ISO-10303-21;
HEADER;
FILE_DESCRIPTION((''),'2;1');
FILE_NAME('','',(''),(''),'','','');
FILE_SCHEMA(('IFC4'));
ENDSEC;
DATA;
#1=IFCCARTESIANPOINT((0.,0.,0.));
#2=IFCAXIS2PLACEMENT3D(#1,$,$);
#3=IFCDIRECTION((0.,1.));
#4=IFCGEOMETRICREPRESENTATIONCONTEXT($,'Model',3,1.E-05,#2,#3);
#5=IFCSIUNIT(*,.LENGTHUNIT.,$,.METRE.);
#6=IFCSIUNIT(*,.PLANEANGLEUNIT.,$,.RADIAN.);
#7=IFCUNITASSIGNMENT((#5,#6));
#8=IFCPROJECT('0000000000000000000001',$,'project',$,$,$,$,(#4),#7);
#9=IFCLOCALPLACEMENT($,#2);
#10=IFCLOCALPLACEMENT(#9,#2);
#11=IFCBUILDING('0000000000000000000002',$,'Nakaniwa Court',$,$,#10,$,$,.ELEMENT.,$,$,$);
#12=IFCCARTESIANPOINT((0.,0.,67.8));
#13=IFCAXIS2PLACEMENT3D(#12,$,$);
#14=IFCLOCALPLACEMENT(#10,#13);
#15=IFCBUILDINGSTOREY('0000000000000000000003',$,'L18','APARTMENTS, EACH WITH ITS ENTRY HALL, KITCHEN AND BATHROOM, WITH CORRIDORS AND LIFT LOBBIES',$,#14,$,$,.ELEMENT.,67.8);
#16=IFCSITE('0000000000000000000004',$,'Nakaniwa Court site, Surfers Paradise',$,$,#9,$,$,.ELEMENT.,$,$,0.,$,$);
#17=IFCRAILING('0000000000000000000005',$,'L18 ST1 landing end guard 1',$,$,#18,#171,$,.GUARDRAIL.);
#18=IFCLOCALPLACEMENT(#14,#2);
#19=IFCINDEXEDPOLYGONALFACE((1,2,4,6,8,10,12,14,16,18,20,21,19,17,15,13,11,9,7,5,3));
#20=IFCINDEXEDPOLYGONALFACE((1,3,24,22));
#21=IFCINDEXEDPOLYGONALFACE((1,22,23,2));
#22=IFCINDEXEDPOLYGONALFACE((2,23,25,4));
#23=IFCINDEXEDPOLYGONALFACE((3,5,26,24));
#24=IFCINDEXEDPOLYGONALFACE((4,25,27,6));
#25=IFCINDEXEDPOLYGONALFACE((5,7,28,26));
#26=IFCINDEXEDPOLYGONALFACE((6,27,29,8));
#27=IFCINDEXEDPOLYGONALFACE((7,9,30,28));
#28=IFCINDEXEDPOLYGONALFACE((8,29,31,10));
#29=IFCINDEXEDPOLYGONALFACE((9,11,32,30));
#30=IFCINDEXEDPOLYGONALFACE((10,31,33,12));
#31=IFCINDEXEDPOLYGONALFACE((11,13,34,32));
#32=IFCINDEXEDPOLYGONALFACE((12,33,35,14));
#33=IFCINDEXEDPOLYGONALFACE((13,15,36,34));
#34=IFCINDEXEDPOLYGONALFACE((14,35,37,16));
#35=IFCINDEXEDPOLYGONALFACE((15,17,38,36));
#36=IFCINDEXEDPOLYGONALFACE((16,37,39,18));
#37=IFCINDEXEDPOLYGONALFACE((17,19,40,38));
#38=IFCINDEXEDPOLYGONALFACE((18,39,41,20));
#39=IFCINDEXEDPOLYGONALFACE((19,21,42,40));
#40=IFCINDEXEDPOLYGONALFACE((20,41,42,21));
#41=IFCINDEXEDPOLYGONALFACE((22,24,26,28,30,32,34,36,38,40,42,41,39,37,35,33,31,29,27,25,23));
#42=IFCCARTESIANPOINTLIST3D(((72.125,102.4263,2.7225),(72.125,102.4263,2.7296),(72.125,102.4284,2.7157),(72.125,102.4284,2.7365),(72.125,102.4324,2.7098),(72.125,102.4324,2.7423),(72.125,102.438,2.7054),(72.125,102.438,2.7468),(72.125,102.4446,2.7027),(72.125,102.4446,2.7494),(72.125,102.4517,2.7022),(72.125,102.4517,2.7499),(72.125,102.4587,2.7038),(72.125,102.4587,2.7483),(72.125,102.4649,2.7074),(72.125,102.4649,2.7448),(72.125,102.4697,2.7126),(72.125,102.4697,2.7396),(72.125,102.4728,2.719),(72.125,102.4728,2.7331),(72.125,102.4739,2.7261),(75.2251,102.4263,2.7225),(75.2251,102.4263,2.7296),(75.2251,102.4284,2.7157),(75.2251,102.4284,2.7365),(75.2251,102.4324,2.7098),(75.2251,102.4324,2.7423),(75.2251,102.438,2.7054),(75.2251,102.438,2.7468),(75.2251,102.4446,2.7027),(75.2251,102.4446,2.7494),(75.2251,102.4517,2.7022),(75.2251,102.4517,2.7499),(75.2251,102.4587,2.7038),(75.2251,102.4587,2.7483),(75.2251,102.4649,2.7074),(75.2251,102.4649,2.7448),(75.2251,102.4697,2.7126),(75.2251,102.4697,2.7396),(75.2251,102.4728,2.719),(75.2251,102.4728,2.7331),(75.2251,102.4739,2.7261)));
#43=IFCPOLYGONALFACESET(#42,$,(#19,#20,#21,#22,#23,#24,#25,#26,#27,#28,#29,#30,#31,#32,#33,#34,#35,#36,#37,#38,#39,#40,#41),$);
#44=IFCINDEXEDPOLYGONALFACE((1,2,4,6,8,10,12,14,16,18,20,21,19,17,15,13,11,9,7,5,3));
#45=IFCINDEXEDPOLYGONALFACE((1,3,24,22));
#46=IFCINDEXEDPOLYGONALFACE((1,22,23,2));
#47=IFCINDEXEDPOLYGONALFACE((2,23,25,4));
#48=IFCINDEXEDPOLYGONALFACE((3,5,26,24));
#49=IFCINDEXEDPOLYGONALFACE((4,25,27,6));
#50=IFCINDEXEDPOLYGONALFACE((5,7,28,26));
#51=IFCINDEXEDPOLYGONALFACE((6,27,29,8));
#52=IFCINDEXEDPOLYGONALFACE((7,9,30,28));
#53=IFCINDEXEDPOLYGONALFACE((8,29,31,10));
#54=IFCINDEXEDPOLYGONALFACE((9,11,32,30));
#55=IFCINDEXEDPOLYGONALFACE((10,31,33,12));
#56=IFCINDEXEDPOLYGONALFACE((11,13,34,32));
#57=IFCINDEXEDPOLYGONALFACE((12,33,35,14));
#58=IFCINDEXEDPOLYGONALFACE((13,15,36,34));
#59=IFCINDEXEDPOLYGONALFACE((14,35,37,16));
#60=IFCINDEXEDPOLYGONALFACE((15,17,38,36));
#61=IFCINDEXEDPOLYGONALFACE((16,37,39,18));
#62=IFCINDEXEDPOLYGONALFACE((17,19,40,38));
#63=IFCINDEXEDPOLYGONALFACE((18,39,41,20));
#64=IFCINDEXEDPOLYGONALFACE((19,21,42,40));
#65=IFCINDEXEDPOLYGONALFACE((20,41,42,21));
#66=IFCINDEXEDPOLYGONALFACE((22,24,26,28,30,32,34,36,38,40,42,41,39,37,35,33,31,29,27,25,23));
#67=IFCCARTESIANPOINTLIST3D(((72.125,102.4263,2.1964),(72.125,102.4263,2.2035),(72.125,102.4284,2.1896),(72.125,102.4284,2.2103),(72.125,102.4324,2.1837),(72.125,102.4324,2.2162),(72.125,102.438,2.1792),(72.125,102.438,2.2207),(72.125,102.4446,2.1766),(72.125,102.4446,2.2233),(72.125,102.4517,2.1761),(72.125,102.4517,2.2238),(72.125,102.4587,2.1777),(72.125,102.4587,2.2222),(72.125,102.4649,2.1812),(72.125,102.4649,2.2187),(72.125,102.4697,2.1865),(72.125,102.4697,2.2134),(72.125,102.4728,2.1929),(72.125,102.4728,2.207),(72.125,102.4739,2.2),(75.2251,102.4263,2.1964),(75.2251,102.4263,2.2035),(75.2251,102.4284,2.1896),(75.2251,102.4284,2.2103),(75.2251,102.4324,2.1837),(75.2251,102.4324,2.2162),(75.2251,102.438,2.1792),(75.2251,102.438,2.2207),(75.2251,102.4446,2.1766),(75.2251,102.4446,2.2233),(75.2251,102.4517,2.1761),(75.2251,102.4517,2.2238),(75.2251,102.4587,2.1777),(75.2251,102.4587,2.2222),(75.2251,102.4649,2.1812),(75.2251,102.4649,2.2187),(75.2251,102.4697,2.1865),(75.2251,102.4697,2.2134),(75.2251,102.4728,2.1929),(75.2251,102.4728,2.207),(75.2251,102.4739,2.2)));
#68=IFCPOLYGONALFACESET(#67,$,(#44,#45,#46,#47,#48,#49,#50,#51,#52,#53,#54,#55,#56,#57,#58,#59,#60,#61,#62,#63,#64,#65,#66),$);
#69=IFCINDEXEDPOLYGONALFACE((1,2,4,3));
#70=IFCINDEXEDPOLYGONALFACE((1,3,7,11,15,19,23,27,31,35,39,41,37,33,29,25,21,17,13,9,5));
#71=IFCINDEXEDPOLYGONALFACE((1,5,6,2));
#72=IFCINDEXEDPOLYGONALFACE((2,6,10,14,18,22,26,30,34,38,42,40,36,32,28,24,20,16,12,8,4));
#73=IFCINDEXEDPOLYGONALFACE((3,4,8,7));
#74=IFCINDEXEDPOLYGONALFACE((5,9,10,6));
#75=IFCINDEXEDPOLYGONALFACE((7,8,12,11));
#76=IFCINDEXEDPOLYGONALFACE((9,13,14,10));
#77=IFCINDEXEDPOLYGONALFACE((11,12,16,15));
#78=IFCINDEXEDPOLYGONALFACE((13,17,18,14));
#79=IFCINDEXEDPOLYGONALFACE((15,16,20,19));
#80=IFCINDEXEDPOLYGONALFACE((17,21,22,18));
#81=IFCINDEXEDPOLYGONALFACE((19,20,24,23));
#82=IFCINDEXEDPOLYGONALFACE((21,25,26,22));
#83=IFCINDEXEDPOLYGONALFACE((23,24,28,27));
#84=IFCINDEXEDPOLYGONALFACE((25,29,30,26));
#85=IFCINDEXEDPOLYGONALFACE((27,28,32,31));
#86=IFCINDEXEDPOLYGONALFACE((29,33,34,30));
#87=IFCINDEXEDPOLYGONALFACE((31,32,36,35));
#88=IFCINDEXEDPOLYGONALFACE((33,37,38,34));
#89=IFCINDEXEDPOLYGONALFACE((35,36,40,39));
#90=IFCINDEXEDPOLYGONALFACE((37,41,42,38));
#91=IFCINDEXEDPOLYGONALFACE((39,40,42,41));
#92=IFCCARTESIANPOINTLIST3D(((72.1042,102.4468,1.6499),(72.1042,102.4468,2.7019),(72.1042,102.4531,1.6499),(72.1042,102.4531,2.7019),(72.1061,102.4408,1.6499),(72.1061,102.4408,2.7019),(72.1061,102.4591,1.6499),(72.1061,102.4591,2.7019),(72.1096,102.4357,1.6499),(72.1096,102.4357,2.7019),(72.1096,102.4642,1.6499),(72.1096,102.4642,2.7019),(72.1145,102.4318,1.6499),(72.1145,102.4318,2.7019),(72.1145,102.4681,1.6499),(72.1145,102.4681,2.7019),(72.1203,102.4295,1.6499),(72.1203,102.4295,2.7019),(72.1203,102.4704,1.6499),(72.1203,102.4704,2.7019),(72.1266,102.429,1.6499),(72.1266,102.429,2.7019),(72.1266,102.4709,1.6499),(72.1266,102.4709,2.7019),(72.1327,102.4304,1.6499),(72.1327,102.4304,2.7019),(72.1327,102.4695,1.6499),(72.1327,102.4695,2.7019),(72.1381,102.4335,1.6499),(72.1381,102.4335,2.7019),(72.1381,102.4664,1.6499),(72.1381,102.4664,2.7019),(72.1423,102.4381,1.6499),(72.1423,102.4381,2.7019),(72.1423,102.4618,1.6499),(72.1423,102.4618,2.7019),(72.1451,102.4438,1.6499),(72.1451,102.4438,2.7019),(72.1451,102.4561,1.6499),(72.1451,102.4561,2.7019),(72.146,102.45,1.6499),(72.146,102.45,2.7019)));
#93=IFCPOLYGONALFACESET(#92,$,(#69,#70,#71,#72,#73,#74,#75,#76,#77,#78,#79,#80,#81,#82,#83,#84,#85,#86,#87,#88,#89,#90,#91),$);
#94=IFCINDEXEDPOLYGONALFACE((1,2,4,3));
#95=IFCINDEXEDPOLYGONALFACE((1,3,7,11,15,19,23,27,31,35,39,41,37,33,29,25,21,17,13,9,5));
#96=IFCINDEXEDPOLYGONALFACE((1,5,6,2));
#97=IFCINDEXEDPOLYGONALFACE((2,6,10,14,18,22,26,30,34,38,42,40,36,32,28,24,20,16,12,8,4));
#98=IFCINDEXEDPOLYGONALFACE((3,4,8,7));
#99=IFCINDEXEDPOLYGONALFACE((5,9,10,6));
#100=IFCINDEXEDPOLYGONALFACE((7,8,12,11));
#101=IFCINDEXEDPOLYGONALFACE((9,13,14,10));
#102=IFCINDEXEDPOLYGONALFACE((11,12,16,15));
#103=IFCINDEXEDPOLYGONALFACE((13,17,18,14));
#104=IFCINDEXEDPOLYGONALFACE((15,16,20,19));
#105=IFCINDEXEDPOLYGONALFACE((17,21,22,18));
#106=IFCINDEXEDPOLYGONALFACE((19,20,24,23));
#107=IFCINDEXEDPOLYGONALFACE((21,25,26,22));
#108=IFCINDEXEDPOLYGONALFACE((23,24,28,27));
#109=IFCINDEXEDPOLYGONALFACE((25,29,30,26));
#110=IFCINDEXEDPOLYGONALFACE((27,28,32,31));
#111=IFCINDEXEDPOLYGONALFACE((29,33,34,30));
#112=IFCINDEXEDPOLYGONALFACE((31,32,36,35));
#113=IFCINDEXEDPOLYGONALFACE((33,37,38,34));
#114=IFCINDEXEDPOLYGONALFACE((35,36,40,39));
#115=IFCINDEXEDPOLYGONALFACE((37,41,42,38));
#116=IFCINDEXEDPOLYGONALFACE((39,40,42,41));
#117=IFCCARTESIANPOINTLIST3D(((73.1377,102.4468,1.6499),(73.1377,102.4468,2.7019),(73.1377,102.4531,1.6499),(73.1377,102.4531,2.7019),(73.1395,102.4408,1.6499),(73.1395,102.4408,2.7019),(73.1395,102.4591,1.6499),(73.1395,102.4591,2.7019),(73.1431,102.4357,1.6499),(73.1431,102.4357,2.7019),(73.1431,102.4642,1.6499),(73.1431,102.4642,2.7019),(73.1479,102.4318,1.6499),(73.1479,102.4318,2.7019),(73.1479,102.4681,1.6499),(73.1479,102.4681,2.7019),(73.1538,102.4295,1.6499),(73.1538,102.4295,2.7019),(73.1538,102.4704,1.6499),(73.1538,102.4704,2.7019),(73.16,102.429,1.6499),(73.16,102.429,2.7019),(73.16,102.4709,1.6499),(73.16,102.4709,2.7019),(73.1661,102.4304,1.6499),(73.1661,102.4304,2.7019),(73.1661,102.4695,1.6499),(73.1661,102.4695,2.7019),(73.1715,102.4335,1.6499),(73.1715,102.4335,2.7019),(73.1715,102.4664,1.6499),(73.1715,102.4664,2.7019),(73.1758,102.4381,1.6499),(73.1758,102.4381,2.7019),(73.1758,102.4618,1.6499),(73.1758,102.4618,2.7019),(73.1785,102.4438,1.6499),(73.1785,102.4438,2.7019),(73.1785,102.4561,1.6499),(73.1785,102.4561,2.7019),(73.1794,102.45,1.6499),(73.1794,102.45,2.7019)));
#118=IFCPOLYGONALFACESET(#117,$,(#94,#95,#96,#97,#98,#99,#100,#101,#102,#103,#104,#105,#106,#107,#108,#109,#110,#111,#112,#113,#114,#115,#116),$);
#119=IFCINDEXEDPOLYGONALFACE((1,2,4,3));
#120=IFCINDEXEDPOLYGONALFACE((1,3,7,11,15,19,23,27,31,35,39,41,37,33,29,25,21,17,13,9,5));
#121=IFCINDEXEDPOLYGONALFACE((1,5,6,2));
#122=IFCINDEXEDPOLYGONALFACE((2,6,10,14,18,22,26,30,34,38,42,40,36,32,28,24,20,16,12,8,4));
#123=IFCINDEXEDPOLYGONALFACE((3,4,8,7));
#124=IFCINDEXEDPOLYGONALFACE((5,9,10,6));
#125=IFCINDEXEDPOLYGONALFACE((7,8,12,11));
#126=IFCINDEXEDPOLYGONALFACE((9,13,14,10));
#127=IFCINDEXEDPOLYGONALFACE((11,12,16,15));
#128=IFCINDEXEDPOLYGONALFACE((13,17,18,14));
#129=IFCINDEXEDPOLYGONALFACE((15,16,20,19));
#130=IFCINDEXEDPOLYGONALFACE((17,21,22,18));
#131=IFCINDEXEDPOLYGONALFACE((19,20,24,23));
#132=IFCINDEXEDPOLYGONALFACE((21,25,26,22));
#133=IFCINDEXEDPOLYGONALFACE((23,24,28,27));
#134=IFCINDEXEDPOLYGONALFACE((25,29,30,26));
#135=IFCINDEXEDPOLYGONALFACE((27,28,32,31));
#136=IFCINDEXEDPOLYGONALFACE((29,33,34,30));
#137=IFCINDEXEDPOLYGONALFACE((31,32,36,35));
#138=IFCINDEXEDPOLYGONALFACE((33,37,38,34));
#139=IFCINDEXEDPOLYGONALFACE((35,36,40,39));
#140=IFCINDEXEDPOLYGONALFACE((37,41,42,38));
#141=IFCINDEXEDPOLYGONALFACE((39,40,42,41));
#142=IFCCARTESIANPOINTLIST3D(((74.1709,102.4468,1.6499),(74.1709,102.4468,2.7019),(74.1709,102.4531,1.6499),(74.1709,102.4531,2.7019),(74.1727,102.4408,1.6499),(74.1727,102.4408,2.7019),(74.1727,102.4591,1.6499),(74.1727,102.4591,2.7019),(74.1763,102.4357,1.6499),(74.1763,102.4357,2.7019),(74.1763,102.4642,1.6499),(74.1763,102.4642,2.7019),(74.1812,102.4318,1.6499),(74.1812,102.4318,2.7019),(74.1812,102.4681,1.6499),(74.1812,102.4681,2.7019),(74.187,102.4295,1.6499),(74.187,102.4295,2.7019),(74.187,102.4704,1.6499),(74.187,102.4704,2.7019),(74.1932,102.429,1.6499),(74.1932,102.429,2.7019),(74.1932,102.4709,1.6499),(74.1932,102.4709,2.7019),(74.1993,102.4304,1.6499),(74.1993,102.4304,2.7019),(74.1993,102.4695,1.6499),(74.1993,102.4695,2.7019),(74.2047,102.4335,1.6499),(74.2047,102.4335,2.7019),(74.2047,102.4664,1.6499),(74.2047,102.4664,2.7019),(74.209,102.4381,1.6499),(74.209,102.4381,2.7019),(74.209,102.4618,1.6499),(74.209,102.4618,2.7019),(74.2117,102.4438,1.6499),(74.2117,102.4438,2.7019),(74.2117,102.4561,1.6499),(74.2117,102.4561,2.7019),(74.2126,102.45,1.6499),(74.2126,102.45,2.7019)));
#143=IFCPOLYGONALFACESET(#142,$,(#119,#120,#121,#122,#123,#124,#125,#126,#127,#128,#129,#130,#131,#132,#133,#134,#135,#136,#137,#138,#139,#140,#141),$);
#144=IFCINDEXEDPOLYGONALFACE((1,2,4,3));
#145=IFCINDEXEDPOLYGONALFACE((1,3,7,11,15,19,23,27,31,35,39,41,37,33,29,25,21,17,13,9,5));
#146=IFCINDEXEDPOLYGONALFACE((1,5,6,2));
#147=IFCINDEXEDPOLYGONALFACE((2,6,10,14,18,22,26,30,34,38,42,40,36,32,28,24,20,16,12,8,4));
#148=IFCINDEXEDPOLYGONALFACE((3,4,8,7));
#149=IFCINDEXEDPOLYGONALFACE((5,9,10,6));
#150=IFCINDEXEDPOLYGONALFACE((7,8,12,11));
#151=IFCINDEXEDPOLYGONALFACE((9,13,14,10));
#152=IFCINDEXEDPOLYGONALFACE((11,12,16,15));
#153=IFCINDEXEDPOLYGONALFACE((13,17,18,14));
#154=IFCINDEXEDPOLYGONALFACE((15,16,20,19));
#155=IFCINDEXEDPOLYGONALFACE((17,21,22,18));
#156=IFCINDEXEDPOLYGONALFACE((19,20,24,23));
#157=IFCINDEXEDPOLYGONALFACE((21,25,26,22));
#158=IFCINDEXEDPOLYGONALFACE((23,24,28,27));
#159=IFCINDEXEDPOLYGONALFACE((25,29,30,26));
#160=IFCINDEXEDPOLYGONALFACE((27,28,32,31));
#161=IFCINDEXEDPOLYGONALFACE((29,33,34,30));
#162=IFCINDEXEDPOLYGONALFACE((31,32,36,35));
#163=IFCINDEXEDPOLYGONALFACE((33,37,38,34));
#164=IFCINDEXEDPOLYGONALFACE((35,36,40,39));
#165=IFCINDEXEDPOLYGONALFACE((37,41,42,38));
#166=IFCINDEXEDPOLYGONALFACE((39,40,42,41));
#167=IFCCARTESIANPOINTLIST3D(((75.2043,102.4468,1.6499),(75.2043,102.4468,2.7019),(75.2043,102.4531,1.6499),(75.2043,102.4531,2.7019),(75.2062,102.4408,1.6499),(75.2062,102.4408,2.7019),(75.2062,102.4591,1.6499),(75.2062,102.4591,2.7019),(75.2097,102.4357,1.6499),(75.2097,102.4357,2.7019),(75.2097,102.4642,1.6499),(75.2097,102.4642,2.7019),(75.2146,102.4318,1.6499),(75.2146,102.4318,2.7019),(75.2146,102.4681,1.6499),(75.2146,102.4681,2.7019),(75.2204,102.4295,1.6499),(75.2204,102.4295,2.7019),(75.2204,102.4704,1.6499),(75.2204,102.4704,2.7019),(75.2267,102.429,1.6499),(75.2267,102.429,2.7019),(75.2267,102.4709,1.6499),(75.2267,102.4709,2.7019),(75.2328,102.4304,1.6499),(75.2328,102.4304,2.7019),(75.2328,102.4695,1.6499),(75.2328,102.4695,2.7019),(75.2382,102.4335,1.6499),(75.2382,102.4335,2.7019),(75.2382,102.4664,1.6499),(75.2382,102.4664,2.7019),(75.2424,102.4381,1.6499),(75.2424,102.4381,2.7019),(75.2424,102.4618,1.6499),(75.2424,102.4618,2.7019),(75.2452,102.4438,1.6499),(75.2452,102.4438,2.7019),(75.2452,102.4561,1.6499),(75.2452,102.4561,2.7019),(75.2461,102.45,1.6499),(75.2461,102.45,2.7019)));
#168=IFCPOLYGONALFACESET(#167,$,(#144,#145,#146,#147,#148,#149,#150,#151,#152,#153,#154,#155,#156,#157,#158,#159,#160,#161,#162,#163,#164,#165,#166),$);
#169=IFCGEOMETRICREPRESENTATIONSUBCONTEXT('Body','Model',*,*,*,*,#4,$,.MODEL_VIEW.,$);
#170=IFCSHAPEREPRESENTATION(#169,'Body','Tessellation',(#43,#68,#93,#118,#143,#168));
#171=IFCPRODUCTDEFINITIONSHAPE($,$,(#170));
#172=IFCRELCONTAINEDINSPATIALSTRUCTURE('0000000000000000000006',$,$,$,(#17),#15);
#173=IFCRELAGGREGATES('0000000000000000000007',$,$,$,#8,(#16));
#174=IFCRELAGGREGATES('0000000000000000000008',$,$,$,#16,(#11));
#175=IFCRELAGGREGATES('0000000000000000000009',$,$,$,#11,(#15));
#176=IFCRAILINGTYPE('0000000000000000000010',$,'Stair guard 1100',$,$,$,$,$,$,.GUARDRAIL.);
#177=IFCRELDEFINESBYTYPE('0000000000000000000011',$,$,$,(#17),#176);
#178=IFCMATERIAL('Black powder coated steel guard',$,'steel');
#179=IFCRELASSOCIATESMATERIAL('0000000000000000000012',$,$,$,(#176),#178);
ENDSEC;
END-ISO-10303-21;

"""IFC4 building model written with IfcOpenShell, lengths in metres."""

from ifc_helpers import new_model, si_unit, direction, frame, origin, origin_2d, place, context, subcontext, project, spatial, circle, extrude, material, type_object, element, save


model = new_model("IFC4")

# Units and contexts
model_context = context("Model", 3, precision=1e-05, world=origin(), true_north=direction((0.0, 1.0)))
body_context = subcontext(model_context, "Body", "Model", "MODEL_VIEW")
ifc_project = project(units=[si_unit("LENGTHUNIT", "METRE"), si_unit("PLANEANGLEUNIT", "RADIAN")], contexts=[model_context])

# Site, building, storey
site_placement = place(None, origin())
site = spatial("IfcSite", under=ifc_project, at=site_placement, Name="Nakaniwa Court site, Surfers Paradise", CompositionType="ELEMENT", RefElevation=0.0)
building_placement = place(site_placement, origin())
building = spatial("IfcBuilding", under=site, at=building_placement, Name="Nakaniwa Court", CompositionType="ELEMENT")
storey_placement = place(building_placement, frame((0.0, 0.0, 67.8)))
storey = spatial("IfcBuildingStorey", under=building, at=storey_placement, Name="L18", Description="APARTMENTS, EACH WITH ITS ENTRY HALL, KITCHEN AND BATHROOM, WITH CORRIDORS AND LIFT LOBBIES", CompositionType="ELEMENT", Elevation=67.8)

# Railing
ifc_material_1 = material(Name="Black powder coated steel guard", Category="steel")
railing_type_1 = type_object("IfcRailingType", Name="Stair guard 1100", PredefinedType="GUARDRAIL", material=ifc_material_1)
railing_1_placement = place(storey_placement, frame((72.125, 102.45, 1.6499)))
element("IfcRailing", 1, at=railing_1_placement, inside=storey, type_object=railing_type_1, Name="L18 ST1 landing end guard 1", PredefinedType="GUARDRAIL", context=body_context, shape_type="SweptSolid", body=[
    extrude(circle(Radius=0.0239, at=origin_2d()), frame((0.0, 0.0, 1.0762), z_axis=(1.0, 0.0, 0.0), x_axis=(0.0, 1.0, 0.0)), (0.0, 0.0, 1.0), 3.1001),
    extrude(circle(Radius=0.0239, at=origin_2d()), frame((0.0, 0.0, 0.55), z_axis=(1.0, 0.0, 0.0), x_axis=(0.0, 1.0, 0.0)), (0.0, 0.0, 1.0), 3.1001),
    extrude(circle(Radius=0.021, at=origin_2d()), origin(), (0.0, 0.0, 1.0), 1.052),
    extrude(circle(Radius=0.021, at=origin_2d()), frame((1.0334, 0.0, 0.0)), (0.0, 0.0, 1.0), 1.052),
    extrude(circle(Radius=0.021, at=origin_2d()), frame((2.0667, 0.0, 0.0)), (0.0, 0.0, 1.0), 1.052),
    extrude(circle(Radius=0.021, at=origin_2d()), frame((3.1001, 0.0, 0.0)), (0.0, 0.0, 1.0), 1.052),
])

save(model, "model.ifc")
